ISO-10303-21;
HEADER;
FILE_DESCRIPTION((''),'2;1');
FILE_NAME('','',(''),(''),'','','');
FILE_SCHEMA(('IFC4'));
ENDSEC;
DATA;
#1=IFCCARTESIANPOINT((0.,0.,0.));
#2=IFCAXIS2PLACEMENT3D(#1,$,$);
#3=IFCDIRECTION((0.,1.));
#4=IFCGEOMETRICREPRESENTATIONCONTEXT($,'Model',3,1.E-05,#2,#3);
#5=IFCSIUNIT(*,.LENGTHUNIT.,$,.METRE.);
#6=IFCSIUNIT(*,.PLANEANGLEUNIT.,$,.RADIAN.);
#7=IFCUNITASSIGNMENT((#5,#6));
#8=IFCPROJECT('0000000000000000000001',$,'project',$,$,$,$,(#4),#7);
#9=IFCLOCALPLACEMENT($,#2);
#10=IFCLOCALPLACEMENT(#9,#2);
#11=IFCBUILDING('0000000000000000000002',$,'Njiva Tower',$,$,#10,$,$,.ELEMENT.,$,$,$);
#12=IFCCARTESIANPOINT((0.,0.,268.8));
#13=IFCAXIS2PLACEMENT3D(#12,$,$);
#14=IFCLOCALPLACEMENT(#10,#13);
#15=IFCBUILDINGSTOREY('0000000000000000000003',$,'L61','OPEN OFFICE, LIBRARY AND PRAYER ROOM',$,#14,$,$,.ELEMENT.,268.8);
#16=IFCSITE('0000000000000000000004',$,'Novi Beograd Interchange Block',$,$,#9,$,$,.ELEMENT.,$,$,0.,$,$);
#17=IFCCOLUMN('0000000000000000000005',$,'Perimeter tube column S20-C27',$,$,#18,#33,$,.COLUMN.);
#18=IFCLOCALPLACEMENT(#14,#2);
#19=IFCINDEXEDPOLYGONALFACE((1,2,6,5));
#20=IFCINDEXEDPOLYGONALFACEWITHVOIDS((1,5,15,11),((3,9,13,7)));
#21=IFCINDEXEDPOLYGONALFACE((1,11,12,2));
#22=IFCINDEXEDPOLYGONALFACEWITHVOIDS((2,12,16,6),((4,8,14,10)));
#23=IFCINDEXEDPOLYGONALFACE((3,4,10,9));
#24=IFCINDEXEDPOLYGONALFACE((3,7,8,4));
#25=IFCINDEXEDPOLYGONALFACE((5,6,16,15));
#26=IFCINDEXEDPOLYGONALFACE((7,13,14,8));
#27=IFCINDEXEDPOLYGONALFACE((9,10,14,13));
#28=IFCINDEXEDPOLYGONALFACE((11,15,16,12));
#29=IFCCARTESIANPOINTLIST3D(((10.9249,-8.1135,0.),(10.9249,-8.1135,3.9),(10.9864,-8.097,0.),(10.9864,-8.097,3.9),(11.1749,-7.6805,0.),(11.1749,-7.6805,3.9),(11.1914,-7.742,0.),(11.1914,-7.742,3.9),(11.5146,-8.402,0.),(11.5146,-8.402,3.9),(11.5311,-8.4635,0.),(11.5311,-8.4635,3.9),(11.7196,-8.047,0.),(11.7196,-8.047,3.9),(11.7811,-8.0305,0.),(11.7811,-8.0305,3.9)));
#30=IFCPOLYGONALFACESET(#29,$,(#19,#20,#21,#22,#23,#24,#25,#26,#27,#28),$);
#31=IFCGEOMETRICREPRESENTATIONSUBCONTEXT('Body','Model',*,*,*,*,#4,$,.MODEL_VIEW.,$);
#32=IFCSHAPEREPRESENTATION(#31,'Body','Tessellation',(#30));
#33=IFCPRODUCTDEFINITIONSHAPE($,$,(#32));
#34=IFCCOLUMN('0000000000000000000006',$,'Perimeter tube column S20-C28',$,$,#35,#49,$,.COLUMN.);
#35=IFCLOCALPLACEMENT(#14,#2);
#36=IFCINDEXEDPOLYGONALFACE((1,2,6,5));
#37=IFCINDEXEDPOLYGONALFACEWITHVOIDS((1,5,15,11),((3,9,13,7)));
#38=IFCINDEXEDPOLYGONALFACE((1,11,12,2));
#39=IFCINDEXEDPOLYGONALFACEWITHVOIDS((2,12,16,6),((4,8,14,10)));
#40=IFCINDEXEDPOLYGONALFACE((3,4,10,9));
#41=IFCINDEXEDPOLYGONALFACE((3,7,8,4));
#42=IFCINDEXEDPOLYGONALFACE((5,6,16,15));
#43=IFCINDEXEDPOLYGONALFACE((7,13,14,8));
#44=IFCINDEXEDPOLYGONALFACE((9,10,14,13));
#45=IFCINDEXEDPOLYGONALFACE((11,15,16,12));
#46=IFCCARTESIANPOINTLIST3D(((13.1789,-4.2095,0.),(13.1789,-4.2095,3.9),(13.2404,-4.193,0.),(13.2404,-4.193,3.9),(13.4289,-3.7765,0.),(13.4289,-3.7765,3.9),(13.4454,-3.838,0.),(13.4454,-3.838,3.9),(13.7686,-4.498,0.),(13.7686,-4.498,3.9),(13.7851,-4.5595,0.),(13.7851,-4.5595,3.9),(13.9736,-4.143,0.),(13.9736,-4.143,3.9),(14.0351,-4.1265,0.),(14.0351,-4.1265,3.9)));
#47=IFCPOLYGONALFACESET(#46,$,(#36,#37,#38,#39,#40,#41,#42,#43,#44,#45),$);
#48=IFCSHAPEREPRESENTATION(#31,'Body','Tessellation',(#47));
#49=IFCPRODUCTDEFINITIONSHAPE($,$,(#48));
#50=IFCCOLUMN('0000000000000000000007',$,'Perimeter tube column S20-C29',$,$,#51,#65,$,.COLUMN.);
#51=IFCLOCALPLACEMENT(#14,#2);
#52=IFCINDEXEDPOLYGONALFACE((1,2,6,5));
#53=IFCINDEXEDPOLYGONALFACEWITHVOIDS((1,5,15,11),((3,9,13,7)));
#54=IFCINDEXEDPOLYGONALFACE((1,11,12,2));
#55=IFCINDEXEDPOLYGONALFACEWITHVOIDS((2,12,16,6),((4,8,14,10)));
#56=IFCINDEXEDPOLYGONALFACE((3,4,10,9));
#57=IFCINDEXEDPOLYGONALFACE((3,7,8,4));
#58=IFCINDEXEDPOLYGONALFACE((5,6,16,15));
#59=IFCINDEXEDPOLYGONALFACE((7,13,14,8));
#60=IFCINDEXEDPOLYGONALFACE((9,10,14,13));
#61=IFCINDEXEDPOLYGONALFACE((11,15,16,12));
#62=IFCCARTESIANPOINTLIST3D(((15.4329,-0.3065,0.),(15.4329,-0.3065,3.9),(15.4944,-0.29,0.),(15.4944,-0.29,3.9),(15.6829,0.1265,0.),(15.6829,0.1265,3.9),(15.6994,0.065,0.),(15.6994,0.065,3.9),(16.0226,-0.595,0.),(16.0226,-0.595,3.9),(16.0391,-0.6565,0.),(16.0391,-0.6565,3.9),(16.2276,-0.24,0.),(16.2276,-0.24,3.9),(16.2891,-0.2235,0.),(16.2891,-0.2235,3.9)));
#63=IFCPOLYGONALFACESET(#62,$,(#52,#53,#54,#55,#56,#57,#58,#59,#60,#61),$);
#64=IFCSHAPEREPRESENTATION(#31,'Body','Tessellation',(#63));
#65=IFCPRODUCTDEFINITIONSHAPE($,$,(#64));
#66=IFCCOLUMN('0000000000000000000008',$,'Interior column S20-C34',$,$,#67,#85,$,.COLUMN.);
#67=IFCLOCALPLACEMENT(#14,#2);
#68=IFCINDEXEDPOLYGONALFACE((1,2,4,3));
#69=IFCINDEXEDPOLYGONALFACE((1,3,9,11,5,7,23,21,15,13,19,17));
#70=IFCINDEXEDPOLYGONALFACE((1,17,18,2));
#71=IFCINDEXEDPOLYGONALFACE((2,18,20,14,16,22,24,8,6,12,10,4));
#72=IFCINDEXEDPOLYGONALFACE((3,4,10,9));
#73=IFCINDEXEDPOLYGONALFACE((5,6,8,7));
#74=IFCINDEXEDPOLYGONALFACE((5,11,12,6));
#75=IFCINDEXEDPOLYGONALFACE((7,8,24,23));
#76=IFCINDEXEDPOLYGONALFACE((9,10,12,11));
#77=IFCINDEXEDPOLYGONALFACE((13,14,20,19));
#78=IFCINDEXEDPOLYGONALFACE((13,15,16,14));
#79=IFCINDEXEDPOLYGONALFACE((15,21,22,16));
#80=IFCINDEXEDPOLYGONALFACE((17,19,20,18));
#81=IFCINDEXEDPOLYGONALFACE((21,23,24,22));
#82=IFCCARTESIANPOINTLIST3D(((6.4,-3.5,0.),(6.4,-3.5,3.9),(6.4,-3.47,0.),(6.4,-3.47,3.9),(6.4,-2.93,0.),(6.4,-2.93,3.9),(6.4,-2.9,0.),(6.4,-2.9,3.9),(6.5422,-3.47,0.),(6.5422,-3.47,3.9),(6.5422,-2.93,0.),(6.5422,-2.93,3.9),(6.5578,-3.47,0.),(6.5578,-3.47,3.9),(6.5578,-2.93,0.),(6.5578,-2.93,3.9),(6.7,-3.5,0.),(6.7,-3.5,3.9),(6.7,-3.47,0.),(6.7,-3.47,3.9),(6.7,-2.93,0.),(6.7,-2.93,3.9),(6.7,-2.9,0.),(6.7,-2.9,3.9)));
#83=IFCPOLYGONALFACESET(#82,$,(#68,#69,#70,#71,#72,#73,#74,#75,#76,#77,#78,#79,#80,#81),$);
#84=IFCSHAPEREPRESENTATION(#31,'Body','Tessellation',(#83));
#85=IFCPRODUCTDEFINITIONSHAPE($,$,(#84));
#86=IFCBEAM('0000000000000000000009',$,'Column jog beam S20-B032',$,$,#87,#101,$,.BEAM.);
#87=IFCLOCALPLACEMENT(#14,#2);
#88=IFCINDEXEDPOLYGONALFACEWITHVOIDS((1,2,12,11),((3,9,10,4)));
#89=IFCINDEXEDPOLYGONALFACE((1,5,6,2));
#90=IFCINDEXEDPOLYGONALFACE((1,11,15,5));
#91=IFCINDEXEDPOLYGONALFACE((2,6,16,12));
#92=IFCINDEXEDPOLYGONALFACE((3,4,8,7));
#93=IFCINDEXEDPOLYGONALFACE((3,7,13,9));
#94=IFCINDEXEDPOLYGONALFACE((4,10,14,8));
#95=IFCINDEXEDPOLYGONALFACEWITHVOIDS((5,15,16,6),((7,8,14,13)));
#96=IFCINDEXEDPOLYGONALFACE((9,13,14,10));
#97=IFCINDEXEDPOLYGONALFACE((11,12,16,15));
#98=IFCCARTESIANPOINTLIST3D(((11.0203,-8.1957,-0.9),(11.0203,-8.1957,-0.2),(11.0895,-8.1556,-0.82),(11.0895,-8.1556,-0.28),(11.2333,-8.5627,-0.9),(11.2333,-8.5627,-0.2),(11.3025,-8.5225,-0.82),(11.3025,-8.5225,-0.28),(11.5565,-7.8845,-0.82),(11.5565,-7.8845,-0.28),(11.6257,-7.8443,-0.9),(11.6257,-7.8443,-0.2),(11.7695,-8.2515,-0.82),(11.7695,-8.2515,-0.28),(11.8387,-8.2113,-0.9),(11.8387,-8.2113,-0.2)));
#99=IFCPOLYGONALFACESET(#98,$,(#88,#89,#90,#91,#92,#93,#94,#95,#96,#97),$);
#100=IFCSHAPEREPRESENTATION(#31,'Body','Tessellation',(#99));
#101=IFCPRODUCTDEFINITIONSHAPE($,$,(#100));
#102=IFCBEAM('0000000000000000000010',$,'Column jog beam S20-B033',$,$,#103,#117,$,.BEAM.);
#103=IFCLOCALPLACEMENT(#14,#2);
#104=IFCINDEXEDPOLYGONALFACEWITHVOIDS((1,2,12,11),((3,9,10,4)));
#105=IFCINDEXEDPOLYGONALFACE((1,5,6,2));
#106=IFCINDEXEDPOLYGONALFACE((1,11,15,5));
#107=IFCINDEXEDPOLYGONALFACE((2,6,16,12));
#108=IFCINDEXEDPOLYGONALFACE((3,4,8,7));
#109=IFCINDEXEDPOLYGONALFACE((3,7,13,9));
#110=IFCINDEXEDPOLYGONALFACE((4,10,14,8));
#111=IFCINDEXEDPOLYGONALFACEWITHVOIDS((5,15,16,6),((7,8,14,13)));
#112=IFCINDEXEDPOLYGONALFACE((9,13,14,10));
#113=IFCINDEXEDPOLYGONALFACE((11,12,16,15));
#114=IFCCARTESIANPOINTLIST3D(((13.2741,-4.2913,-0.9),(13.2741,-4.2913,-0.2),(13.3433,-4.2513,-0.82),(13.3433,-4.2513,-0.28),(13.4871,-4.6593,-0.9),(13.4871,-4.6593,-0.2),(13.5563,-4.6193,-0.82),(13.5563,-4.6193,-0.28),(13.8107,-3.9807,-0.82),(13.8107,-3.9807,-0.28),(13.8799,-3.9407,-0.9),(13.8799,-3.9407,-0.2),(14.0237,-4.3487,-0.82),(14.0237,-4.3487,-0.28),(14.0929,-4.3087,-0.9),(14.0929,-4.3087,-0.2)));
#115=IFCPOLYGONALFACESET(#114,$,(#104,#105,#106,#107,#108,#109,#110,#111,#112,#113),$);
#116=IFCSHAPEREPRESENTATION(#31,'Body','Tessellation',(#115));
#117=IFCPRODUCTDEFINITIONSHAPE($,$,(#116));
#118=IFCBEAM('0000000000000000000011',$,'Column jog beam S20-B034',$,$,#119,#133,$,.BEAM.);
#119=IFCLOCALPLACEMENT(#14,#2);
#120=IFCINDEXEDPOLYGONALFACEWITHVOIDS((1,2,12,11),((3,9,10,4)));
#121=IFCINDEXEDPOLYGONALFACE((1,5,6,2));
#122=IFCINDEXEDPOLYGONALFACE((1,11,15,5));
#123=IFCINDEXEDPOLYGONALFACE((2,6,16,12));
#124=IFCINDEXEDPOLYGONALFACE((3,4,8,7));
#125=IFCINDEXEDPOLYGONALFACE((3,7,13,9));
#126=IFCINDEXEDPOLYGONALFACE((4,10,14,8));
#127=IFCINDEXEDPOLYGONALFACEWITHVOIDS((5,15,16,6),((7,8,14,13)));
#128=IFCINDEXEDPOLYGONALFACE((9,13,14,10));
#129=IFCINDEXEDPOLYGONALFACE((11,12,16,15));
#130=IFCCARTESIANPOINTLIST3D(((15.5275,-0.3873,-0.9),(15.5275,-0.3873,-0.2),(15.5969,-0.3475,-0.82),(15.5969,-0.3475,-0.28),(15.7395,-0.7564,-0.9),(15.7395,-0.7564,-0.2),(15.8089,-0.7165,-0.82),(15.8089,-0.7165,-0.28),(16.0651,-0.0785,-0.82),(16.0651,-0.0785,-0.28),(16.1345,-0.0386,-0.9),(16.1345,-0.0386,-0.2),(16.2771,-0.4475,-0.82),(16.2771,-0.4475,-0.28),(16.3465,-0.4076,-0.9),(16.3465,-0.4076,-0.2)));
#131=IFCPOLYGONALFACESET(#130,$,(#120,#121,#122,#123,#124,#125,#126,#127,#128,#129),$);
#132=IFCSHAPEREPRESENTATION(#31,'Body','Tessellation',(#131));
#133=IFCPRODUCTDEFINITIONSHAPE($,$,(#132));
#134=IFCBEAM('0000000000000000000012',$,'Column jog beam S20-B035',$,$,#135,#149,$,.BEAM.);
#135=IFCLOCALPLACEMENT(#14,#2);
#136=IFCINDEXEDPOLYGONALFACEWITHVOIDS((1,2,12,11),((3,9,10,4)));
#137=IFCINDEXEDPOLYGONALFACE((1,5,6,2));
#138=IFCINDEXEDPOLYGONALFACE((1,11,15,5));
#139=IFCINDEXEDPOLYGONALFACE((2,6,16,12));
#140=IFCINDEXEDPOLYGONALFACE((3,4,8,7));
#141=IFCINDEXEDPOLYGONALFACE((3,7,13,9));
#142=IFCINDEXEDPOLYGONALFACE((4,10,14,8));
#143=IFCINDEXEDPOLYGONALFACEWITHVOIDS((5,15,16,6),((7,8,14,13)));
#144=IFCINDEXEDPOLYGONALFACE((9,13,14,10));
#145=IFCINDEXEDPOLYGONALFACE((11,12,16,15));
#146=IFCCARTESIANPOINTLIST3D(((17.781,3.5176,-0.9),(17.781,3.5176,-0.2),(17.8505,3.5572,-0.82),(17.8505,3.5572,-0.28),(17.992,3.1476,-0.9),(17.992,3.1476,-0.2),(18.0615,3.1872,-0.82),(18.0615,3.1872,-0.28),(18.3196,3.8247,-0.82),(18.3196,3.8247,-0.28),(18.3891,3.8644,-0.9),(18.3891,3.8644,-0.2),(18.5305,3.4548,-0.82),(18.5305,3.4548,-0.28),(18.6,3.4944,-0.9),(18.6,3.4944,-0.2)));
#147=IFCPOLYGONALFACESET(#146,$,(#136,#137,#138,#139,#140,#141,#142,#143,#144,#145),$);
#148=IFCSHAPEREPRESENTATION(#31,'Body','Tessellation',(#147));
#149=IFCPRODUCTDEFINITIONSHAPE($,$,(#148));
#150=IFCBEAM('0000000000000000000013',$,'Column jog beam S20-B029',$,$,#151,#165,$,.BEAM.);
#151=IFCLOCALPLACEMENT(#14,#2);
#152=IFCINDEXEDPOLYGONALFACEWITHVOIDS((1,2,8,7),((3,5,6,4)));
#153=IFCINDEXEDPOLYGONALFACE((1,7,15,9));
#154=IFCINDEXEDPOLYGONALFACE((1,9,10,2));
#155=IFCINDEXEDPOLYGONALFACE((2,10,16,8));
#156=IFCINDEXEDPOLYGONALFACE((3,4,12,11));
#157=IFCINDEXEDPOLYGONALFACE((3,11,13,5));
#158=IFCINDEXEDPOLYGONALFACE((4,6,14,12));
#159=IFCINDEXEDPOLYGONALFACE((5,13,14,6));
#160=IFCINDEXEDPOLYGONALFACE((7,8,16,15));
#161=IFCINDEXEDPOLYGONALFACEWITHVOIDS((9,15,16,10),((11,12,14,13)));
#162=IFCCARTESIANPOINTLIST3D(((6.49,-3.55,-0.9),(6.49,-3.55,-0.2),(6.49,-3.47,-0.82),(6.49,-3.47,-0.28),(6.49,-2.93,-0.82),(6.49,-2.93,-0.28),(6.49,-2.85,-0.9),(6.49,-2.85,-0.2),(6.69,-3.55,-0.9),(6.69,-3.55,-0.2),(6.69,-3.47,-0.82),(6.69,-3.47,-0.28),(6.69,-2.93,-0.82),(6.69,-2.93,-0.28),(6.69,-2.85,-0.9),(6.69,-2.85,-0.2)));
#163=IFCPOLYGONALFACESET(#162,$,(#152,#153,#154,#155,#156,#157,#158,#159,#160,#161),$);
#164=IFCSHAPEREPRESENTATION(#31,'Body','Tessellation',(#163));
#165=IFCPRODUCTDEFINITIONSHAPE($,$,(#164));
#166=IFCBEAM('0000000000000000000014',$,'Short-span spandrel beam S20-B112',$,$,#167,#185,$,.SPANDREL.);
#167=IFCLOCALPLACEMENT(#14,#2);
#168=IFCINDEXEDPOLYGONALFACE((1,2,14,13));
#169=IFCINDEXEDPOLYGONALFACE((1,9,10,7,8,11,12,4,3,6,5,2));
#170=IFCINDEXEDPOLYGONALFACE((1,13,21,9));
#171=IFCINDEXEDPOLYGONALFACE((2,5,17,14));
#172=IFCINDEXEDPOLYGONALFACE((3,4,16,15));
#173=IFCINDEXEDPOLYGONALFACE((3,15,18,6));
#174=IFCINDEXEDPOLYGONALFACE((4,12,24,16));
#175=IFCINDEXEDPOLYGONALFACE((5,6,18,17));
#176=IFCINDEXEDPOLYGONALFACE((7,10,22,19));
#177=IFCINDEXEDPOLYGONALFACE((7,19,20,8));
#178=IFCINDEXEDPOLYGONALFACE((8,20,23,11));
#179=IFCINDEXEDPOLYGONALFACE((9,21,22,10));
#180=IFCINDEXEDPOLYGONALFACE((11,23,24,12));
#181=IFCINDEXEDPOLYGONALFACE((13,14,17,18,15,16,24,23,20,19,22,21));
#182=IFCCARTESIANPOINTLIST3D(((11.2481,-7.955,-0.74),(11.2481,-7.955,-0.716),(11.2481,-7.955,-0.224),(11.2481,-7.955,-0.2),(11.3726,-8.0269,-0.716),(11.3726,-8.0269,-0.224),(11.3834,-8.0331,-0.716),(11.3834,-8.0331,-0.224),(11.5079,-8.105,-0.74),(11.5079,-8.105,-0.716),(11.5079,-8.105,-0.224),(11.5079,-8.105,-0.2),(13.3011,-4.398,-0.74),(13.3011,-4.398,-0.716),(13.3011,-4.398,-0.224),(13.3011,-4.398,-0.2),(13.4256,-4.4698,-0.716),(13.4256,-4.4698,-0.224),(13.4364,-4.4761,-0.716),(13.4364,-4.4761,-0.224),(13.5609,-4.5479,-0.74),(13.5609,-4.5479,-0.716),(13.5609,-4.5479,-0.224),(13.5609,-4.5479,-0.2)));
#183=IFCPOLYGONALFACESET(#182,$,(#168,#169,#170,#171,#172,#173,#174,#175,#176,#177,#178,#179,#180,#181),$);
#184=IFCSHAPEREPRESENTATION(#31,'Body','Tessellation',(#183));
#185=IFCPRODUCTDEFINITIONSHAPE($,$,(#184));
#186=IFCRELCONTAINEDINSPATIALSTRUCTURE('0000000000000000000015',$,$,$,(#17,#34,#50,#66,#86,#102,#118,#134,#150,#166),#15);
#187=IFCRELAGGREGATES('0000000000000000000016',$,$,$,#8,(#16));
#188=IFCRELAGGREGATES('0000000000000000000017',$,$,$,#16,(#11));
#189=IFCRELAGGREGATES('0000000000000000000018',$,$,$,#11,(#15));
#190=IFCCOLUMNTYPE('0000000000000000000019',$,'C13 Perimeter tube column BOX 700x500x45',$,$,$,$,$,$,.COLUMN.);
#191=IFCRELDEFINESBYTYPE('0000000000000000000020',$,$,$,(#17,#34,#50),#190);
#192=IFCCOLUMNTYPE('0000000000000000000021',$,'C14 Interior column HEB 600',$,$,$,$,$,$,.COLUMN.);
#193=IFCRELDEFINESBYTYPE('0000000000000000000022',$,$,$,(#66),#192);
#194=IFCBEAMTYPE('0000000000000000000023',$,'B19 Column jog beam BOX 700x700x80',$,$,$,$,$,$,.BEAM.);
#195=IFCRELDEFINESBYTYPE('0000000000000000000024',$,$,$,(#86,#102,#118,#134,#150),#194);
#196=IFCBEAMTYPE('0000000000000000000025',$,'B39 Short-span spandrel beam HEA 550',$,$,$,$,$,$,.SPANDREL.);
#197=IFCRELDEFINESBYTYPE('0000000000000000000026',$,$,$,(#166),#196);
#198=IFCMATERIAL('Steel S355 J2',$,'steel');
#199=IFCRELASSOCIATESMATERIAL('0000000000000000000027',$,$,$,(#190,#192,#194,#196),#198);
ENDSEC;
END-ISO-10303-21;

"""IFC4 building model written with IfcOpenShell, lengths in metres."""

from ifc_helpers import new_model, si_unit, direction, frame, origin, origin_2d, place, context, subcontext, project, spatial, hollow_rectangle, i_section, extrude, material, material_profile, profile_set, type_object, element, save


model = new_model("IFC4")

# Units and contexts
model_context = context("Model", 3, precision=1e-05, world=origin(), true_north=direction((0.0, 1.0)))
body_context = subcontext(model_context, "Body", "Model", "MODEL_VIEW")
ifc_project = project(units=[si_unit("LENGTHUNIT", "METRE"), si_unit("PLANEANGLEUNIT", "RADIAN")], contexts=[model_context])

# Site, building, storey
site_placement = place(None, origin())
site = spatial("IfcSite", under=ifc_project, at=site_placement, Name="Novi Beograd Interchange Block", CompositionType="ELEMENT", RefElevation=0.0)
building_placement = place(site_placement, origin())
building = spatial("IfcBuilding", under=site, at=building_placement, Name="Njiva Tower", CompositionType="ELEMENT")
storey_placement = place(building_placement, frame((0.0, 0.0, 268.8)))
storey = spatial("IfcBuildingStorey", under=building, at=storey_placement, Name="L61", Description="OPEN OFFICE, LIBRARY AND PRAYER ROOM", CompositionType="ELEMENT", Elevation=268.8)

# Columns
ifc_material_1 = material(Name="Steel S355 J2", Category="steel")
ifc_material_profile_1 = material_profile(ifc_material_1, hollow_rectangle(XDim=0.5, YDim=0.7, WallThickness=0.045, at=origin_2d()), Name="BOX 700x500x45")
ifc_profile_set_1 = profile_set([ifc_material_profile_1], Name="Steel S355 J2")
column_type_1 = type_object("IfcColumnType", Name="C13 Perimeter tube column BOX 700x500x45", PredefinedType="COLUMN", material=ifc_profile_set_1)
for number, where, z_axis, x_axis, name in (
    (1, (11.353, -8.072, 0.0), (0.0, 0.0, 1.0), (0.5, 0.866025, 0.0), "Perimeter tube column S20-C27"),
    (2, (13.607, -4.168, 0.0), (0.0, 0.0, 1.0), (0.5, 0.866025, 0.0), "Perimeter tube column S20-C28"),
    (3, (15.861, -0.265, 0.0), (0.0, 0.0, 1.0), (0.5, 0.866025, 0.0), "Perimeter tube column S20-C29"),
):
    element("IfcColumn", number, at=place(storey_placement, frame(where, z_axis=z_axis, x_axis=x_axis)), inside=storey, type_object=column_type_1, Name=name, PredefinedType="COLUMN", context=body_context, shape_type="SweptSolid", body=[
        extrude(hollow_rectangle(XDim=0.5, YDim=0.7, WallThickness=0.045, at=origin_2d()), origin(), (0.0, 0.0, 1.0), 3.9),
    ])
ifc_material_profile_2 = material_profile(ifc_material_1, i_section(OverallWidth=0.3, OverallDepth=0.6, WebThickness=0.0155, FlangeThickness=0.03, at=origin_2d()), Name="HEB 600")
ifc_profile_set_2 = profile_set([ifc_material_profile_2], Name="Steel S355 J2")
column_type_2 = type_object("IfcColumnType", Name="C14 Interior column HEB 600", PredefinedType="COLUMN", material=ifc_profile_set_2)
column_placement = place(storey_placement, frame((6.55, -3.2, 0.0), z_axis=(0.0, 0.0, 1.0), x_axis=(1.0, 0.0, 0.0)))
element("IfcColumn", 4, at=column_placement, inside=storey, type_object=column_type_2, Name="Interior column S20-C34", PredefinedType="COLUMN", context=body_context, shape_type="SweptSolid", body=[
    extrude(i_section(OverallWidth=0.3, OverallDepth=0.6, WebThickness=0.0155, FlangeThickness=0.03, at=origin_2d()), origin(), (0.0, 0.0, 1.0), 3.9),
])

# Beams
ifc_material_profile_3 = material_profile(ifc_material_1, hollow_rectangle(XDim=0.7, YDim=0.7, WallThickness=0.08, at=origin_2d()), Name="BOX 700x700x80")
ifc_profile_set_3 = profile_set([ifc_material_profile_3], Name="Steel S355 J2")
beam_type_1 = type_object("IfcBeamType", Name="B19 Column jog beam BOX 700x700x80", PredefinedType="BEAM", material=ifc_profile_set_3)
beam_1_placement = place(storey_placement, frame((11.536, -8.387, -0.55), z_axis=(-0.501965, 0.864888, 0.0), x_axis=(-0.864888, -0.501965, 0.0)))
element("IfcBeam", 5, at=beam_1_placement, inside=storey, type_object=beam_type_1, Name="Column jog beam S20-B032", PredefinedType="BEAM", context=body_context, shape_type="SweptSolid", body=[
    extrude(hollow_rectangle(XDim=0.7, YDim=0.7, WallThickness=0.08, at=origin_2d()), origin(), (0.0, 0.0, 1.0), 0.4243),
])
beam_2_placement = place(storey_placement, frame((13.79, -4.484, -0.55), z_axis=(-0.500944, 0.86548, 0.0), x_axis=(-0.86548, -0.500944, 0.0)))
element("IfcBeam", 6, at=beam_2_placement, inside=storey, type_object=beam_type_1, Name="Column jog beam S20-B033", PredefinedType="BEAM", context=body_context, shape_type="SweptSolid", body=[
    extrude(hollow_rectangle(XDim=0.7, YDim=0.7, WallThickness=0.08, at=origin_2d()), origin(), (0.0, 0.0, 1.0), 0.4252),
])
beam_3_placement = place(storey_placement, frame((16.043, -0.582, -0.55), z_axis=(-0.498162, 0.867084, 0.0), x_axis=(-0.867084, -0.498162, 0.0)))
element("IfcBeam", 7, at=beam_3_placement, inside=storey, type_object=beam_type_1, Name="Column jog beam S20-B034", PredefinedType="BEAM", context=body_context, shape_type="SweptSolid", body=[
    extrude(hollow_rectangle(XDim=0.7, YDim=0.7, WallThickness=0.08, at=origin_2d()), origin(), (0.0, 0.0, 1.0), 0.4256),
])
beam_4_placement = place(storey_placement, frame((18.296, 3.321, -0.55), z_axis=(-0.49538, 0.868676, 0.0), x_axis=(-0.868676, -0.49538, 0.0)))
element("IfcBeam", 8, at=beam_4_placement, inside=storey, type_object=beam_type_1, Name="Column jog beam S20-B035", PredefinedType="BEAM", context=body_context, shape_type="SweptSolid", body=[
    extrude(hollow_rectangle(XDim=0.7, YDim=0.7, WallThickness=0.08, at=origin_2d()), origin(), (0.0, 0.0, 1.0), 0.4259),
])
beam_5_placement = place(storey_placement, frame((6.69, -3.2, -0.55), z_axis=(-1.0, 0.0, 0.0), x_axis=(0.0, -1.0, 0.0)))
element("IfcBeam", 9, at=beam_5_placement, inside=storey, type_object=beam_type_1, Name="Column jog beam S20-B029", PredefinedType="BEAM", context=body_context, shape_type="SweptSolid", body=[
    extrude(hollow_rectangle(XDim=0.7, YDim=0.7, WallThickness=0.08, at=origin_2d()), origin(), (0.0, 0.0, 1.0), 0.2),
])
ifc_material_profile_4 = material_profile(ifc_material_1, i_section(OverallWidth=0.3, OverallDepth=0.54, WebThickness=0.0125, FlangeThickness=0.024, at=origin_2d()), Name="HEA 550")
ifc_profile_set_4 = profile_set([ifc_material_profile_4], Name="Steel S355 J2")
beam_type_2 = type_object("IfcBeamType", Name="B39 Short-span spandrel beam HEA 550", PredefinedType="SPANDREL", material=ifc_profile_set_4)
beam_6_placement = place(storey_placement, frame((11.378, -8.03, -0.47), z_axis=(0.499884, 0.866092, 0.0), x_axis=(-0.866092, 0.499884, 0.0)))
element("IfcBeam", 10, at=beam_6_placement, inside=storey, type_object=beam_type_2, Name="Short-span spandrel beam S20-B112", PredefinedType="SPANDREL", context=body_context, shape_type="SweptSolid", body=[
    extrude(i_section(OverallWidth=0.3, OverallDepth=0.54, WebThickness=0.0125, FlangeThickness=0.024, at=origin_2d()), origin(), (0.0, 0.0, 1.0), 4.107),
])

save(model, "model.ifc")
